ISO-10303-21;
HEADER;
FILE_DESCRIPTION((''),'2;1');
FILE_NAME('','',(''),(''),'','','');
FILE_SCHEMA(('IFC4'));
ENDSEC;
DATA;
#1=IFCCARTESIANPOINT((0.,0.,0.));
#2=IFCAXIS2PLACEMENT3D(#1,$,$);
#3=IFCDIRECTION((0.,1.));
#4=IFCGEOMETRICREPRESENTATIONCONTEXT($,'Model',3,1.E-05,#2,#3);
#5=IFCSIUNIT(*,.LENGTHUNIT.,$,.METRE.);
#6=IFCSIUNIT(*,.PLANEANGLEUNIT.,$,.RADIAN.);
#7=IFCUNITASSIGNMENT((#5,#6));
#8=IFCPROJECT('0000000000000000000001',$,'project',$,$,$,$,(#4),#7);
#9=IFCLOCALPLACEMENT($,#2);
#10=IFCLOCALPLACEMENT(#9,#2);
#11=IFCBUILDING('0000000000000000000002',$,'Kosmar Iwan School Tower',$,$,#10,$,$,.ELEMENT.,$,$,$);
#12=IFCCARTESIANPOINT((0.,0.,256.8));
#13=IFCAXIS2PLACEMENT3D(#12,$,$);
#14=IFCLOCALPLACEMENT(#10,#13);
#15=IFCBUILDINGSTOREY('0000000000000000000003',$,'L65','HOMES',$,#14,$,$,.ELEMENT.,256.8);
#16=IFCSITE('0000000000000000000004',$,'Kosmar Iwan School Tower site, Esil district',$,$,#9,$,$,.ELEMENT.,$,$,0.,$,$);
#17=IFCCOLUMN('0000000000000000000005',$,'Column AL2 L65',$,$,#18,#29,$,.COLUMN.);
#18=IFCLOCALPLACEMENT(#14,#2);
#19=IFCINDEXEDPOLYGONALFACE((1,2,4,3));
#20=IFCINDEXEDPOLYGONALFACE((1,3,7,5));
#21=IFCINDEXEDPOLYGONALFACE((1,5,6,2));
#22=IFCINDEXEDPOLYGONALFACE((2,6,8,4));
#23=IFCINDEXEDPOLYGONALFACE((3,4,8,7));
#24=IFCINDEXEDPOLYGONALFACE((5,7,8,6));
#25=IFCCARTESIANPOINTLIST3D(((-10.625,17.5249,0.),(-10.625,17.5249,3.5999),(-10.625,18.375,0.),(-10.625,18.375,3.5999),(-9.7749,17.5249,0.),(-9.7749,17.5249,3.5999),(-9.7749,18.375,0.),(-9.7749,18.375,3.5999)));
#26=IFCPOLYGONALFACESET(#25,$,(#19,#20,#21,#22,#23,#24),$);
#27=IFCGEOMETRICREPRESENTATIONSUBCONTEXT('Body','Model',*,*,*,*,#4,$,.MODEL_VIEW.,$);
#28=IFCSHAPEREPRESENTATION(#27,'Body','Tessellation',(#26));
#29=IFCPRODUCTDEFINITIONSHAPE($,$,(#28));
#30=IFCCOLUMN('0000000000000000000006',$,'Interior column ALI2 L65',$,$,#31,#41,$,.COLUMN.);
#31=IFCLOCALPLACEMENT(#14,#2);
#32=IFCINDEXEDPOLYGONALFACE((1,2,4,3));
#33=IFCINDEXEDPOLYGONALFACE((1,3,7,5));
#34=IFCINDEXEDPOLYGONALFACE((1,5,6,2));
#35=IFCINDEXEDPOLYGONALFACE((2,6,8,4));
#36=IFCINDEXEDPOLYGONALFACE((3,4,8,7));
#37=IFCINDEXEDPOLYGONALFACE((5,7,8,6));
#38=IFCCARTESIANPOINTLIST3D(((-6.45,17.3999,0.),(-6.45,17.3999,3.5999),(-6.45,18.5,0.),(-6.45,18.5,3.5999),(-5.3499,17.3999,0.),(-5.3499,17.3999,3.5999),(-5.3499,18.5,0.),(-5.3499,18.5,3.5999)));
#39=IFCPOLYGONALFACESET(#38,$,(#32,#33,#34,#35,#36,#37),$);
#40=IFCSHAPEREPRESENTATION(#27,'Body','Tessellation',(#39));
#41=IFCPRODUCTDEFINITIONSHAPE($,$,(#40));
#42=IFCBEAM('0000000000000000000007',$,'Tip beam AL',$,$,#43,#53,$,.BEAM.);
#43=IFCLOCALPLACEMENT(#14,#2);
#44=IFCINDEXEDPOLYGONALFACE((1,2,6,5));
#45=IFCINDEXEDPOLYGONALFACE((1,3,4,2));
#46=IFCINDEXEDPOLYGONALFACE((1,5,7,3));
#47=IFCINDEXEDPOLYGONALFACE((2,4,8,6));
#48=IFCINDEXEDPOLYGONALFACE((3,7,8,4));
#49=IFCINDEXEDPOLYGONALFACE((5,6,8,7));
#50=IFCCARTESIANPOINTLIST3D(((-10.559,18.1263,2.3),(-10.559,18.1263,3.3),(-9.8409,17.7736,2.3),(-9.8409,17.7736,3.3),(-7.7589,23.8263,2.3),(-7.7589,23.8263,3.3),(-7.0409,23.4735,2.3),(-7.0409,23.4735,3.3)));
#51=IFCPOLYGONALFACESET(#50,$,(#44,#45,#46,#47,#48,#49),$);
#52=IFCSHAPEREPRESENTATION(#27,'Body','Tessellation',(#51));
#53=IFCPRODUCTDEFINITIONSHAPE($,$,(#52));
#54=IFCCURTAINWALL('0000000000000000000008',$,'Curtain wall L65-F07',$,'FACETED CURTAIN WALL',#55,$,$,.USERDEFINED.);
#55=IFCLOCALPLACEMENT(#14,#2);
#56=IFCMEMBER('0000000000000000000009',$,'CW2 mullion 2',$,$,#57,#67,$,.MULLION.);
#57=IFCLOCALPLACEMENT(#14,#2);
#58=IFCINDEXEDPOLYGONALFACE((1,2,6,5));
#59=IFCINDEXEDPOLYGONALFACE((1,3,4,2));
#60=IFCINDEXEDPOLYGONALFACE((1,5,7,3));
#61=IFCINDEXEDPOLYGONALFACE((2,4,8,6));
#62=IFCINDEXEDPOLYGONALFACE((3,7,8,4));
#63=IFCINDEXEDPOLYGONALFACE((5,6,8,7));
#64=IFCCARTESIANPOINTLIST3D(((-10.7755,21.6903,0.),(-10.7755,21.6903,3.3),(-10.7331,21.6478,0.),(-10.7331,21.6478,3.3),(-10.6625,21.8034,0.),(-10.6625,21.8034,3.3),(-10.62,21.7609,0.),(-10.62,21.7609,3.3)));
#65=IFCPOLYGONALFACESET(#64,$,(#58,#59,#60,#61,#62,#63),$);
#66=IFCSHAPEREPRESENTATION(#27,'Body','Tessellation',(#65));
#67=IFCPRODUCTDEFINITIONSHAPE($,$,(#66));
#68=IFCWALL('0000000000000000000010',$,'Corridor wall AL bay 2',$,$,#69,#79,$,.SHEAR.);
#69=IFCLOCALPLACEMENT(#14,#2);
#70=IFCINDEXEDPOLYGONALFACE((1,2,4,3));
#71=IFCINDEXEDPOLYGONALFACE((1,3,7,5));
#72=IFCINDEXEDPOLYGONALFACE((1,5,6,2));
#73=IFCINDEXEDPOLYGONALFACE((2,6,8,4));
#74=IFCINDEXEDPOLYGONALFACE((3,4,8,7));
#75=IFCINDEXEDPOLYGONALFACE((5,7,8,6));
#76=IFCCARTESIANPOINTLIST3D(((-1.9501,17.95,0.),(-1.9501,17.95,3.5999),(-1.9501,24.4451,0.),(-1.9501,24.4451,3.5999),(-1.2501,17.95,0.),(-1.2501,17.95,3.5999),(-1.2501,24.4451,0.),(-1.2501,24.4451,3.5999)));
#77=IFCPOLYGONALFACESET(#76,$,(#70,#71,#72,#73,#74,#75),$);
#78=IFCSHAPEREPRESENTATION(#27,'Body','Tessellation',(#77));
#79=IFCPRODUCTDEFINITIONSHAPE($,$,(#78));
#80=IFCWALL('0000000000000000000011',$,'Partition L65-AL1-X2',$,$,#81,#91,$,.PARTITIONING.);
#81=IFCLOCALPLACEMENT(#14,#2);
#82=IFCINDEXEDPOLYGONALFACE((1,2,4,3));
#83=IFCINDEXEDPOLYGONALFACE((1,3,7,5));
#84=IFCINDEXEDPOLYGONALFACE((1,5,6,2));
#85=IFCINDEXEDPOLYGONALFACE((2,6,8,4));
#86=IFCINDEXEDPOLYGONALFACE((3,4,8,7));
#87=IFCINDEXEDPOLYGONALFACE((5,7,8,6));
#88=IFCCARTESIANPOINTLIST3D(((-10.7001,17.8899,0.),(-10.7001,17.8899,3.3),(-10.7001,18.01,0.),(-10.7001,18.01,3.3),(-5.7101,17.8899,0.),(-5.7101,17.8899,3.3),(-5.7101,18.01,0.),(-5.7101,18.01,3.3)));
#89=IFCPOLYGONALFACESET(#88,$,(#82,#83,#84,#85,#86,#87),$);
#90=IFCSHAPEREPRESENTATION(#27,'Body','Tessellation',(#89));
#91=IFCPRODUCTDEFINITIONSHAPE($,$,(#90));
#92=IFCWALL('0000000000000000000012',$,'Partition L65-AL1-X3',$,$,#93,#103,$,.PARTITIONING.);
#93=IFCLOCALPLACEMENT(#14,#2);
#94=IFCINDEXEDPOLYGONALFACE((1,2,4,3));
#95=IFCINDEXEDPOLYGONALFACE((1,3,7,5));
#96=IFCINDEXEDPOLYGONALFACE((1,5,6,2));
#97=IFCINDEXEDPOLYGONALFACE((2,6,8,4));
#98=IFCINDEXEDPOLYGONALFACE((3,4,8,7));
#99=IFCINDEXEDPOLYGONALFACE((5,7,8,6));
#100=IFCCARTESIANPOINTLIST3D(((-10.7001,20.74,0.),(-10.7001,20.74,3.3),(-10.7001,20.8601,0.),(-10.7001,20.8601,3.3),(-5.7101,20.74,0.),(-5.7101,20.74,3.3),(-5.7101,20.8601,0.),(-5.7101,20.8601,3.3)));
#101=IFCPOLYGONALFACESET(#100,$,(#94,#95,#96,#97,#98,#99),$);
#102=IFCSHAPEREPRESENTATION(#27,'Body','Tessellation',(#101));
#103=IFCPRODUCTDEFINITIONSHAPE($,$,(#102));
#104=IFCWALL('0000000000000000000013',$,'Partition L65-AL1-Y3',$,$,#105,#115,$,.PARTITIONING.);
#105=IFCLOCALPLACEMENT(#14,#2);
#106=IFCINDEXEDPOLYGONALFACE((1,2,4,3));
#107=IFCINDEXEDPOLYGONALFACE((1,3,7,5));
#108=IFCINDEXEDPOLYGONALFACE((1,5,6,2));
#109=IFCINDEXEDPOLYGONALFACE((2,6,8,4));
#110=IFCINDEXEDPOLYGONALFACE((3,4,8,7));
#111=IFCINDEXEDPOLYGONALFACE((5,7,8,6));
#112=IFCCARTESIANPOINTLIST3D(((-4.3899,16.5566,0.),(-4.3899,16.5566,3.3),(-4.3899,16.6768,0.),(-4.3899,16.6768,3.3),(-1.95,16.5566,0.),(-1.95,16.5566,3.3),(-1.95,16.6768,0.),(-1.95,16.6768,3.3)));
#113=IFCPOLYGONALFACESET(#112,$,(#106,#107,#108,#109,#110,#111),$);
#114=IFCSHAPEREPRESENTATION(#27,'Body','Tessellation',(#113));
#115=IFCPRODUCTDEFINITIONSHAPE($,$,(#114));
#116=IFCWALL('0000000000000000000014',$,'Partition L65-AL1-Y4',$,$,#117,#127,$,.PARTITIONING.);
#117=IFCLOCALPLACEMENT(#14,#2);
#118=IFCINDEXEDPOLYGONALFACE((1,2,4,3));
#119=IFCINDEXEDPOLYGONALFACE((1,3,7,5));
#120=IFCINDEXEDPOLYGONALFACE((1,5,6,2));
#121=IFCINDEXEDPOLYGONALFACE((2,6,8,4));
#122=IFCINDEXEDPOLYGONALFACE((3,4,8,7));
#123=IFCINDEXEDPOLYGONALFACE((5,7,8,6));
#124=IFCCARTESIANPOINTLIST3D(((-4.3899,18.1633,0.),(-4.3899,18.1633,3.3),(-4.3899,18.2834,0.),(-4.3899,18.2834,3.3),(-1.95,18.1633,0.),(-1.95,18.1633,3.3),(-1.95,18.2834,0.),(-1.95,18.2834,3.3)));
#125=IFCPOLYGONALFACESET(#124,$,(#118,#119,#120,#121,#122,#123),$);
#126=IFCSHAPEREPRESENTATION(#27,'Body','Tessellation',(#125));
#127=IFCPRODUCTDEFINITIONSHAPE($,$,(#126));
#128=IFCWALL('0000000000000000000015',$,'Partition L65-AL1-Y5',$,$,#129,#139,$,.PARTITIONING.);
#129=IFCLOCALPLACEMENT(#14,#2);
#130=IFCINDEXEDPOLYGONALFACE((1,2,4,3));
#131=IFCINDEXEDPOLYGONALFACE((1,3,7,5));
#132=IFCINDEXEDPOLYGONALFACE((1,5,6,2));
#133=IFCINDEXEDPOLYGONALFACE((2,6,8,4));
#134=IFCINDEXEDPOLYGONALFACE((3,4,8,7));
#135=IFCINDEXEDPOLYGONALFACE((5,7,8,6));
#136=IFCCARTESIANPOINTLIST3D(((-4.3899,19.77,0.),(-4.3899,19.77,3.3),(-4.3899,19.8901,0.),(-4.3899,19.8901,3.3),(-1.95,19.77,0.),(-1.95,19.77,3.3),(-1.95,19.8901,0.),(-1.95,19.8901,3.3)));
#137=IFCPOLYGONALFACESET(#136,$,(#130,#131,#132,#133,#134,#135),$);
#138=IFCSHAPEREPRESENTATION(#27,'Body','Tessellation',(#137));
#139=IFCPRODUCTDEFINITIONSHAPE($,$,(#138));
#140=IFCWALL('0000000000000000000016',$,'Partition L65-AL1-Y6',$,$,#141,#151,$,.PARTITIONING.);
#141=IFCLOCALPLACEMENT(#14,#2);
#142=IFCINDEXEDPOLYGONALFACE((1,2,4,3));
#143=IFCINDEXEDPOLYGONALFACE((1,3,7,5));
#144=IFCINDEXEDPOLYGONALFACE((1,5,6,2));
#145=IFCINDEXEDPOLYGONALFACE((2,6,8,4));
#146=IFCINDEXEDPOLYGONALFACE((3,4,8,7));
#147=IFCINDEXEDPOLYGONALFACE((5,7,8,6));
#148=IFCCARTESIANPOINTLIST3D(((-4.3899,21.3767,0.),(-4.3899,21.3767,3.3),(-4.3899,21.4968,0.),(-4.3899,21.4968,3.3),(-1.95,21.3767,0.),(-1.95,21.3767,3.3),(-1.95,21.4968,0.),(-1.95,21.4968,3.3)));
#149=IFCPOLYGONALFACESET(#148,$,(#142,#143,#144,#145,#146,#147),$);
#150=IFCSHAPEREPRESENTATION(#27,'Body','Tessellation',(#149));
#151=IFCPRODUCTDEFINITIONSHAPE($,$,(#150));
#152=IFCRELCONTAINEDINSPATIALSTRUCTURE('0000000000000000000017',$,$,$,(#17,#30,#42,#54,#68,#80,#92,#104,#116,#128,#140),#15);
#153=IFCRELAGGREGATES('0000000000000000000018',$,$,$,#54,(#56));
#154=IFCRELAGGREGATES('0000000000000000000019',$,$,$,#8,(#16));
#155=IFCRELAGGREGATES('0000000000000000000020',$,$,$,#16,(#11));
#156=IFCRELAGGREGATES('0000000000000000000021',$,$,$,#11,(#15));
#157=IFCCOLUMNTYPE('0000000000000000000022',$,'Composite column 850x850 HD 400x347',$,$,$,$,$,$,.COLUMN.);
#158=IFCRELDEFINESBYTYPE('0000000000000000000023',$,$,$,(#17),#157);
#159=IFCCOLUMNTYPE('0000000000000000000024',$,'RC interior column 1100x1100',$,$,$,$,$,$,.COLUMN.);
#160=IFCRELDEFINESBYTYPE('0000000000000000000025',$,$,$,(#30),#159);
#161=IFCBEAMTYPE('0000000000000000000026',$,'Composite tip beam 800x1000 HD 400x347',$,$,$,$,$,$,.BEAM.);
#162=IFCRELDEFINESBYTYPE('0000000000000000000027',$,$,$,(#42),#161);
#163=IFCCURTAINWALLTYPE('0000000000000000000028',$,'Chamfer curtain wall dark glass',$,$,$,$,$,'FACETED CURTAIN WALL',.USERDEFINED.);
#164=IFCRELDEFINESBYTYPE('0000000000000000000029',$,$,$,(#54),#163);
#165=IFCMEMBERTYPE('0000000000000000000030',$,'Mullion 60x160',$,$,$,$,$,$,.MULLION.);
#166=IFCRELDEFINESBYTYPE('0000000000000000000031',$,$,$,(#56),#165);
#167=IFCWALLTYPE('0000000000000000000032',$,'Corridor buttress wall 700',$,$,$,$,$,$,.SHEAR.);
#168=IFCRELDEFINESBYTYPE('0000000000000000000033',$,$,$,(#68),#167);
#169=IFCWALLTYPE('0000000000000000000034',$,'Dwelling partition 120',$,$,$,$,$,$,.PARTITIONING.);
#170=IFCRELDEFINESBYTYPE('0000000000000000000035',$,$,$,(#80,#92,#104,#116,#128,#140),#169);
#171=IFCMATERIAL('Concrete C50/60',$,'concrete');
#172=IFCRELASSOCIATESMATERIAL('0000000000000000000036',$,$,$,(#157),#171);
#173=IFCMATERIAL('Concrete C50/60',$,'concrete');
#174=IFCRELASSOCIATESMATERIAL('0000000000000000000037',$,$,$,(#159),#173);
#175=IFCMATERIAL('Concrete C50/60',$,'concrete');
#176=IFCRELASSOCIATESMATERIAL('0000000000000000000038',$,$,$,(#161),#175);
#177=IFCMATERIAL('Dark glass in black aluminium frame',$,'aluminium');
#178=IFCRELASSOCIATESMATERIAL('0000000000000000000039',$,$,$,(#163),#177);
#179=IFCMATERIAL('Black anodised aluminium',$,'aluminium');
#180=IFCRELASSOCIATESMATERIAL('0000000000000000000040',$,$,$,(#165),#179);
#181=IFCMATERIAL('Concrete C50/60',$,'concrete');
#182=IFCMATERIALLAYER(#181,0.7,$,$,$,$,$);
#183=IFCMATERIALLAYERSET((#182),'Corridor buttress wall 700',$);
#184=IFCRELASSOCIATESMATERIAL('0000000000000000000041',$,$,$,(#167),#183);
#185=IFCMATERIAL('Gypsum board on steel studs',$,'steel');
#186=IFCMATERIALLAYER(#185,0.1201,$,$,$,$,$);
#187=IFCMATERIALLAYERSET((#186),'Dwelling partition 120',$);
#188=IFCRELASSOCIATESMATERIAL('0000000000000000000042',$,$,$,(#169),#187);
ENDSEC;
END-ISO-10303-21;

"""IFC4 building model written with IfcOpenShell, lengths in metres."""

from ifc_helpers import new_model, si_unit, direction, frame, frame_2d, origin, origin_2d, place, context, subcontext, project, spatial, rectangle, extrude, material, layer, layer_set, material_profile, profile_set, type_object, element, aggregate, save


model = new_model("IFC4")

# Units and contexts
model_context = context("Model", 3, precision=1e-05, world=origin(), true_north=direction((0.0, 1.0)))
body_context = subcontext(model_context, "Body", "Model", "MODEL_VIEW")
ifc_project = project(units=[si_unit("LENGTHUNIT", "METRE"), si_unit("PLANEANGLEUNIT", "RADIAN")], contexts=[model_context])

# Site, building, storey
site_placement = place(None, origin())
site = spatial("IfcSite", under=ifc_project, at=site_placement, Name="Kosmar Iwan School Tower site, Esil district", CompositionType="ELEMENT", RefElevation=0.0)
building_placement = place(site_placement, origin())
building = spatial("IfcBuilding", under=site, at=building_placement, Name="Kosmar Iwan School Tower", CompositionType="ELEMENT")
storey_placement = place(building_placement, frame((0.0, 0.0, 256.8)))
storey = spatial("IfcBuildingStorey", under=building, at=storey_placement, Name="L65", Description="HOMES", CompositionType="ELEMENT", Elevation=256.8)

# Columns
ifc_material_1 = material(Name="Concrete C50/60", Category="concrete")
ifc_material_profile_1 = material_profile(ifc_material_1, rectangle(XDim=0.8501, YDim=0.8501, at=origin_2d()), Name="RC 850x850 + HD 400x347")
ifc_profile_set_1 = profile_set([ifc_material_profile_1], Name="Concrete C50/60")
column_type_1 = type_object("IfcColumnType", Name="Composite column 850x850 HD 400x347", PredefinedType="COLUMN", material=ifc_profile_set_1)
column_1_placement = place(storey_placement, frame((-10.2, 17.95, 0.0), z_axis=(0.0, 0.0, 1.0), x_axis=(0.0, 1.0, 0.0)))
element("IfcColumn", 1, at=column_1_placement, inside=storey, type_object=column_type_1, Name="Column AL2 L65", PredefinedType="COLUMN", context=body_context, shape_type="SweptSolid", body=[
    extrude(rectangle(XDim=0.8501, YDim=0.8501, at=origin_2d()), origin(), (0.0, 0.0, 1.0), 3.5999),
])
ifc_material_2 = material(Name="Concrete C50/60", Category="concrete")
ifc_material_profile_2 = material_profile(ifc_material_2, rectangle(XDim=1.1001, YDim=1.1001, at=origin_2d()), Name="RC 1100x1100")
ifc_profile_set_2 = profile_set([ifc_material_profile_2], Name="Concrete C50/60")
column_type_2 = type_object("IfcColumnType", Name="RC interior column 1100x1100", PredefinedType="COLUMN", material=ifc_profile_set_2)
column_2_placement = place(storey_placement, frame((-5.8999, 17.95, 0.0), z_axis=(0.0, 0.0, 1.0), x_axis=(0.0, 1.0, 0.0)))
element("IfcColumn", 2, at=column_2_placement, inside=storey, type_object=column_type_2, Name="Interior column ALI2 L65", PredefinedType="COLUMN", context=body_context, shape_type="SweptSolid", body=[
    extrude(rectangle(XDim=1.1001, YDim=1.1001, at=origin_2d()), origin(), (0.0, 0.0, 1.0), 3.5999),
])

# Beam
ifc_material_3 = material(Name="Concrete C50/60", Category="concrete")
ifc_material_profile_3 = material_profile(ifc_material_3, rectangle(XDim=0.8, YDim=1.0, at=origin_2d()), Name="RC 800x1000 + HD 400x347")
ifc_profile_set_3 = profile_set([ifc_material_profile_3], Name="Concrete C50/60")
beam_type = type_object("IfcBeamType", Name="Composite tip beam 800x1000 HD 400x347", PredefinedType="BEAM", material=ifc_profile_set_3)
beam_placement = place(storey_placement, frame((-10.2, 17.95, 2.8), z_axis=(0.440913, 0.89755, 0.0), x_axis=(-0.89755, 0.440913, 0.0)))
element("IfcBeam", 3, at=beam_placement, inside=storey, type_object=beam_type, Name="Tip beam AL", PredefinedType="BEAM", context=body_context, shape_type="SweptSolid", body=[
    extrude(rectangle(XDim=0.8, YDim=1.0, at=origin_2d()), origin(), (0.0, 0.0, 1.0), 6.3506),
])

# Curtain wall, member
ifc_material_4 = material(Name="Dark glass in black aluminium frame", Category="aluminium")
curtain_wall_type = type_object("IfcCurtainWallType", Name="Chamfer curtain wall dark glass", ElementType="FACETED CURTAIN WALL", PredefinedType="USERDEFINED", material=ifc_material_4)
curtain_wall_placement = place(storey_placement, origin())
curtain_wall = element("IfcCurtainWall", 4, at=curtain_wall_placement, inside=storey, type_object=curtain_wall_type, Name="Curtain wall L65-F07", ObjectType="FACETED CURTAIN WALL", PredefinedType="USERDEFINED")
ifc_material_5 = material(Name="Black anodised aluminium", Category="aluminium")
ifc_material_profile_4 = material_profile(ifc_material_5, rectangle(XDim=0.0601, YDim=0.1599, at=origin_2d()), Name="MULLION 60x160")
ifc_profile_set_4 = profile_set([ifc_material_profile_4], Name="Black anodised aluminium")
member_type = type_object("IfcMemberType", Name="Mullion 60x160", PredefinedType="MULLION", material=ifc_profile_set_4)
member_placement = place(storey_placement, frame((-10.6978, 21.7256, 0.0), z_axis=(0.0, 0.0, 1.0), x_axis=(0.707107, -0.707107, 0.0)))
member = element("IfcMember", 5, at=member_placement, type_object=member_type, Name="CW2 mullion 2", PredefinedType="MULLION", context=body_context, shape_type="SweptSolid", body=[
    extrude(rectangle(XDim=0.0601, YDim=0.1599, at=origin_2d()), origin(), (0.0, 0.0, 1.0), 3.3),
])
aggregate(curtain_wall, [member])

# Walls
ifc_material_6 = material(Name="Concrete C50/60", Category="concrete")
ifc_layer_1 = layer(ifc_material_6, 0.7)
ifc_layer_set_1 = layer_set([ifc_layer_1], Name="Corridor buttress wall 700")
wall_type_1 = type_object("IfcWallType", Name="Corridor buttress wall 700", PredefinedType="SHEAR", material=ifc_layer_set_1)
wall_placement = place(storey_placement, frame((-1.6001, 17.95, 0.0), z_axis=(0.0, 0.0, 1.0), x_axis=(0.0, 1.0, 0.0)))
element("IfcWall", 6, at=wall_placement, inside=storey, type_object=wall_type_1, Name="Corridor wall AL bay 2", PredefinedType="SHEAR", context=body_context, shape_type="SweptSolid", body=[
    extrude(rectangle(XDim=6.4951, YDim=0.7, at=frame_2d((3.2476, 0.0))), origin(), (0.0, 0.0, 1.0), 3.5999),
])
ifc_material_7 = material(Name="Gypsum board on steel studs", Category="steel")
ifc_layer_2 = layer(ifc_material_7, 0.1201)
ifc_layer_set_2 = layer_set([ifc_layer_2], Name="Dwelling partition 120")
wall_type_2 = type_object("IfcWallType", Name="Dwelling partition 120", PredefinedType="PARTITIONING", material=ifc_layer_set_2)
for number, where, z_axis, x_axis, name in (
    (7, (-5.71, 17.95, 0.0), (0.0, 0.0, 1.0), (-1.0, 0.0, 0.0), "Partition L65-AL1-X2"),
    (8, (-5.71, 20.8, 0.0), (0.0, 0.0, 1.0), (-1.0, 0.0, 0.0), "Partition L65-AL1-X3"),
):
    element("IfcWall", number, at=place(storey_placement, frame(where, z_axis=z_axis, x_axis=x_axis)), inside=storey, type_object=wall_type_2, Name=name, PredefinedType="PARTITIONING", context=body_context, shape_type="SweptSolid", body=[
        extrude(rectangle(XDim=4.99, YDim=0.1201, at=frame_2d((2.4951, 0.0))), origin(), (0.0, 0.0, 1.0), 3.3),
    ])
for number, where, z_axis, x_axis, name in (
    (9, (-1.95, 16.6167, 0.0), (0.0, 0.0, 1.0), (-1.0, 0.0, 0.0), "Partition L65-AL1-Y3"),
    (10, (-1.95, 18.2234, 0.0), (0.0, 0.0, 1.0), (-1.0, 0.0, 0.0), "Partition L65-AL1-Y4"),
    (11, (-1.95, 19.8301, 0.0), (0.0, 0.0, 1.0), (-1.0, 0.0, 0.0), "Partition L65-AL1-Y5"),
    (12, (-1.95, 21.4368, 0.0), (0.0, 0.0, 1.0), (-1.0, 0.0, 0.0), "Partition L65-AL1-Y6"),
):
    element("IfcWall", number, at=place(storey_placement, frame(where, z_axis=z_axis, x_axis=x_axis)), inside=storey, type_object=wall_type_2, Name=name, PredefinedType="PARTITIONING", context=body_context, shape_type="SweptSolid", body=[
        extrude(rectangle(XDim=2.4399, YDim=0.1201, at=frame_2d((1.22, 0.0))), origin(), (0.0, 0.0, 1.0), 3.3),
    ])

save(model, "model.ifc")
